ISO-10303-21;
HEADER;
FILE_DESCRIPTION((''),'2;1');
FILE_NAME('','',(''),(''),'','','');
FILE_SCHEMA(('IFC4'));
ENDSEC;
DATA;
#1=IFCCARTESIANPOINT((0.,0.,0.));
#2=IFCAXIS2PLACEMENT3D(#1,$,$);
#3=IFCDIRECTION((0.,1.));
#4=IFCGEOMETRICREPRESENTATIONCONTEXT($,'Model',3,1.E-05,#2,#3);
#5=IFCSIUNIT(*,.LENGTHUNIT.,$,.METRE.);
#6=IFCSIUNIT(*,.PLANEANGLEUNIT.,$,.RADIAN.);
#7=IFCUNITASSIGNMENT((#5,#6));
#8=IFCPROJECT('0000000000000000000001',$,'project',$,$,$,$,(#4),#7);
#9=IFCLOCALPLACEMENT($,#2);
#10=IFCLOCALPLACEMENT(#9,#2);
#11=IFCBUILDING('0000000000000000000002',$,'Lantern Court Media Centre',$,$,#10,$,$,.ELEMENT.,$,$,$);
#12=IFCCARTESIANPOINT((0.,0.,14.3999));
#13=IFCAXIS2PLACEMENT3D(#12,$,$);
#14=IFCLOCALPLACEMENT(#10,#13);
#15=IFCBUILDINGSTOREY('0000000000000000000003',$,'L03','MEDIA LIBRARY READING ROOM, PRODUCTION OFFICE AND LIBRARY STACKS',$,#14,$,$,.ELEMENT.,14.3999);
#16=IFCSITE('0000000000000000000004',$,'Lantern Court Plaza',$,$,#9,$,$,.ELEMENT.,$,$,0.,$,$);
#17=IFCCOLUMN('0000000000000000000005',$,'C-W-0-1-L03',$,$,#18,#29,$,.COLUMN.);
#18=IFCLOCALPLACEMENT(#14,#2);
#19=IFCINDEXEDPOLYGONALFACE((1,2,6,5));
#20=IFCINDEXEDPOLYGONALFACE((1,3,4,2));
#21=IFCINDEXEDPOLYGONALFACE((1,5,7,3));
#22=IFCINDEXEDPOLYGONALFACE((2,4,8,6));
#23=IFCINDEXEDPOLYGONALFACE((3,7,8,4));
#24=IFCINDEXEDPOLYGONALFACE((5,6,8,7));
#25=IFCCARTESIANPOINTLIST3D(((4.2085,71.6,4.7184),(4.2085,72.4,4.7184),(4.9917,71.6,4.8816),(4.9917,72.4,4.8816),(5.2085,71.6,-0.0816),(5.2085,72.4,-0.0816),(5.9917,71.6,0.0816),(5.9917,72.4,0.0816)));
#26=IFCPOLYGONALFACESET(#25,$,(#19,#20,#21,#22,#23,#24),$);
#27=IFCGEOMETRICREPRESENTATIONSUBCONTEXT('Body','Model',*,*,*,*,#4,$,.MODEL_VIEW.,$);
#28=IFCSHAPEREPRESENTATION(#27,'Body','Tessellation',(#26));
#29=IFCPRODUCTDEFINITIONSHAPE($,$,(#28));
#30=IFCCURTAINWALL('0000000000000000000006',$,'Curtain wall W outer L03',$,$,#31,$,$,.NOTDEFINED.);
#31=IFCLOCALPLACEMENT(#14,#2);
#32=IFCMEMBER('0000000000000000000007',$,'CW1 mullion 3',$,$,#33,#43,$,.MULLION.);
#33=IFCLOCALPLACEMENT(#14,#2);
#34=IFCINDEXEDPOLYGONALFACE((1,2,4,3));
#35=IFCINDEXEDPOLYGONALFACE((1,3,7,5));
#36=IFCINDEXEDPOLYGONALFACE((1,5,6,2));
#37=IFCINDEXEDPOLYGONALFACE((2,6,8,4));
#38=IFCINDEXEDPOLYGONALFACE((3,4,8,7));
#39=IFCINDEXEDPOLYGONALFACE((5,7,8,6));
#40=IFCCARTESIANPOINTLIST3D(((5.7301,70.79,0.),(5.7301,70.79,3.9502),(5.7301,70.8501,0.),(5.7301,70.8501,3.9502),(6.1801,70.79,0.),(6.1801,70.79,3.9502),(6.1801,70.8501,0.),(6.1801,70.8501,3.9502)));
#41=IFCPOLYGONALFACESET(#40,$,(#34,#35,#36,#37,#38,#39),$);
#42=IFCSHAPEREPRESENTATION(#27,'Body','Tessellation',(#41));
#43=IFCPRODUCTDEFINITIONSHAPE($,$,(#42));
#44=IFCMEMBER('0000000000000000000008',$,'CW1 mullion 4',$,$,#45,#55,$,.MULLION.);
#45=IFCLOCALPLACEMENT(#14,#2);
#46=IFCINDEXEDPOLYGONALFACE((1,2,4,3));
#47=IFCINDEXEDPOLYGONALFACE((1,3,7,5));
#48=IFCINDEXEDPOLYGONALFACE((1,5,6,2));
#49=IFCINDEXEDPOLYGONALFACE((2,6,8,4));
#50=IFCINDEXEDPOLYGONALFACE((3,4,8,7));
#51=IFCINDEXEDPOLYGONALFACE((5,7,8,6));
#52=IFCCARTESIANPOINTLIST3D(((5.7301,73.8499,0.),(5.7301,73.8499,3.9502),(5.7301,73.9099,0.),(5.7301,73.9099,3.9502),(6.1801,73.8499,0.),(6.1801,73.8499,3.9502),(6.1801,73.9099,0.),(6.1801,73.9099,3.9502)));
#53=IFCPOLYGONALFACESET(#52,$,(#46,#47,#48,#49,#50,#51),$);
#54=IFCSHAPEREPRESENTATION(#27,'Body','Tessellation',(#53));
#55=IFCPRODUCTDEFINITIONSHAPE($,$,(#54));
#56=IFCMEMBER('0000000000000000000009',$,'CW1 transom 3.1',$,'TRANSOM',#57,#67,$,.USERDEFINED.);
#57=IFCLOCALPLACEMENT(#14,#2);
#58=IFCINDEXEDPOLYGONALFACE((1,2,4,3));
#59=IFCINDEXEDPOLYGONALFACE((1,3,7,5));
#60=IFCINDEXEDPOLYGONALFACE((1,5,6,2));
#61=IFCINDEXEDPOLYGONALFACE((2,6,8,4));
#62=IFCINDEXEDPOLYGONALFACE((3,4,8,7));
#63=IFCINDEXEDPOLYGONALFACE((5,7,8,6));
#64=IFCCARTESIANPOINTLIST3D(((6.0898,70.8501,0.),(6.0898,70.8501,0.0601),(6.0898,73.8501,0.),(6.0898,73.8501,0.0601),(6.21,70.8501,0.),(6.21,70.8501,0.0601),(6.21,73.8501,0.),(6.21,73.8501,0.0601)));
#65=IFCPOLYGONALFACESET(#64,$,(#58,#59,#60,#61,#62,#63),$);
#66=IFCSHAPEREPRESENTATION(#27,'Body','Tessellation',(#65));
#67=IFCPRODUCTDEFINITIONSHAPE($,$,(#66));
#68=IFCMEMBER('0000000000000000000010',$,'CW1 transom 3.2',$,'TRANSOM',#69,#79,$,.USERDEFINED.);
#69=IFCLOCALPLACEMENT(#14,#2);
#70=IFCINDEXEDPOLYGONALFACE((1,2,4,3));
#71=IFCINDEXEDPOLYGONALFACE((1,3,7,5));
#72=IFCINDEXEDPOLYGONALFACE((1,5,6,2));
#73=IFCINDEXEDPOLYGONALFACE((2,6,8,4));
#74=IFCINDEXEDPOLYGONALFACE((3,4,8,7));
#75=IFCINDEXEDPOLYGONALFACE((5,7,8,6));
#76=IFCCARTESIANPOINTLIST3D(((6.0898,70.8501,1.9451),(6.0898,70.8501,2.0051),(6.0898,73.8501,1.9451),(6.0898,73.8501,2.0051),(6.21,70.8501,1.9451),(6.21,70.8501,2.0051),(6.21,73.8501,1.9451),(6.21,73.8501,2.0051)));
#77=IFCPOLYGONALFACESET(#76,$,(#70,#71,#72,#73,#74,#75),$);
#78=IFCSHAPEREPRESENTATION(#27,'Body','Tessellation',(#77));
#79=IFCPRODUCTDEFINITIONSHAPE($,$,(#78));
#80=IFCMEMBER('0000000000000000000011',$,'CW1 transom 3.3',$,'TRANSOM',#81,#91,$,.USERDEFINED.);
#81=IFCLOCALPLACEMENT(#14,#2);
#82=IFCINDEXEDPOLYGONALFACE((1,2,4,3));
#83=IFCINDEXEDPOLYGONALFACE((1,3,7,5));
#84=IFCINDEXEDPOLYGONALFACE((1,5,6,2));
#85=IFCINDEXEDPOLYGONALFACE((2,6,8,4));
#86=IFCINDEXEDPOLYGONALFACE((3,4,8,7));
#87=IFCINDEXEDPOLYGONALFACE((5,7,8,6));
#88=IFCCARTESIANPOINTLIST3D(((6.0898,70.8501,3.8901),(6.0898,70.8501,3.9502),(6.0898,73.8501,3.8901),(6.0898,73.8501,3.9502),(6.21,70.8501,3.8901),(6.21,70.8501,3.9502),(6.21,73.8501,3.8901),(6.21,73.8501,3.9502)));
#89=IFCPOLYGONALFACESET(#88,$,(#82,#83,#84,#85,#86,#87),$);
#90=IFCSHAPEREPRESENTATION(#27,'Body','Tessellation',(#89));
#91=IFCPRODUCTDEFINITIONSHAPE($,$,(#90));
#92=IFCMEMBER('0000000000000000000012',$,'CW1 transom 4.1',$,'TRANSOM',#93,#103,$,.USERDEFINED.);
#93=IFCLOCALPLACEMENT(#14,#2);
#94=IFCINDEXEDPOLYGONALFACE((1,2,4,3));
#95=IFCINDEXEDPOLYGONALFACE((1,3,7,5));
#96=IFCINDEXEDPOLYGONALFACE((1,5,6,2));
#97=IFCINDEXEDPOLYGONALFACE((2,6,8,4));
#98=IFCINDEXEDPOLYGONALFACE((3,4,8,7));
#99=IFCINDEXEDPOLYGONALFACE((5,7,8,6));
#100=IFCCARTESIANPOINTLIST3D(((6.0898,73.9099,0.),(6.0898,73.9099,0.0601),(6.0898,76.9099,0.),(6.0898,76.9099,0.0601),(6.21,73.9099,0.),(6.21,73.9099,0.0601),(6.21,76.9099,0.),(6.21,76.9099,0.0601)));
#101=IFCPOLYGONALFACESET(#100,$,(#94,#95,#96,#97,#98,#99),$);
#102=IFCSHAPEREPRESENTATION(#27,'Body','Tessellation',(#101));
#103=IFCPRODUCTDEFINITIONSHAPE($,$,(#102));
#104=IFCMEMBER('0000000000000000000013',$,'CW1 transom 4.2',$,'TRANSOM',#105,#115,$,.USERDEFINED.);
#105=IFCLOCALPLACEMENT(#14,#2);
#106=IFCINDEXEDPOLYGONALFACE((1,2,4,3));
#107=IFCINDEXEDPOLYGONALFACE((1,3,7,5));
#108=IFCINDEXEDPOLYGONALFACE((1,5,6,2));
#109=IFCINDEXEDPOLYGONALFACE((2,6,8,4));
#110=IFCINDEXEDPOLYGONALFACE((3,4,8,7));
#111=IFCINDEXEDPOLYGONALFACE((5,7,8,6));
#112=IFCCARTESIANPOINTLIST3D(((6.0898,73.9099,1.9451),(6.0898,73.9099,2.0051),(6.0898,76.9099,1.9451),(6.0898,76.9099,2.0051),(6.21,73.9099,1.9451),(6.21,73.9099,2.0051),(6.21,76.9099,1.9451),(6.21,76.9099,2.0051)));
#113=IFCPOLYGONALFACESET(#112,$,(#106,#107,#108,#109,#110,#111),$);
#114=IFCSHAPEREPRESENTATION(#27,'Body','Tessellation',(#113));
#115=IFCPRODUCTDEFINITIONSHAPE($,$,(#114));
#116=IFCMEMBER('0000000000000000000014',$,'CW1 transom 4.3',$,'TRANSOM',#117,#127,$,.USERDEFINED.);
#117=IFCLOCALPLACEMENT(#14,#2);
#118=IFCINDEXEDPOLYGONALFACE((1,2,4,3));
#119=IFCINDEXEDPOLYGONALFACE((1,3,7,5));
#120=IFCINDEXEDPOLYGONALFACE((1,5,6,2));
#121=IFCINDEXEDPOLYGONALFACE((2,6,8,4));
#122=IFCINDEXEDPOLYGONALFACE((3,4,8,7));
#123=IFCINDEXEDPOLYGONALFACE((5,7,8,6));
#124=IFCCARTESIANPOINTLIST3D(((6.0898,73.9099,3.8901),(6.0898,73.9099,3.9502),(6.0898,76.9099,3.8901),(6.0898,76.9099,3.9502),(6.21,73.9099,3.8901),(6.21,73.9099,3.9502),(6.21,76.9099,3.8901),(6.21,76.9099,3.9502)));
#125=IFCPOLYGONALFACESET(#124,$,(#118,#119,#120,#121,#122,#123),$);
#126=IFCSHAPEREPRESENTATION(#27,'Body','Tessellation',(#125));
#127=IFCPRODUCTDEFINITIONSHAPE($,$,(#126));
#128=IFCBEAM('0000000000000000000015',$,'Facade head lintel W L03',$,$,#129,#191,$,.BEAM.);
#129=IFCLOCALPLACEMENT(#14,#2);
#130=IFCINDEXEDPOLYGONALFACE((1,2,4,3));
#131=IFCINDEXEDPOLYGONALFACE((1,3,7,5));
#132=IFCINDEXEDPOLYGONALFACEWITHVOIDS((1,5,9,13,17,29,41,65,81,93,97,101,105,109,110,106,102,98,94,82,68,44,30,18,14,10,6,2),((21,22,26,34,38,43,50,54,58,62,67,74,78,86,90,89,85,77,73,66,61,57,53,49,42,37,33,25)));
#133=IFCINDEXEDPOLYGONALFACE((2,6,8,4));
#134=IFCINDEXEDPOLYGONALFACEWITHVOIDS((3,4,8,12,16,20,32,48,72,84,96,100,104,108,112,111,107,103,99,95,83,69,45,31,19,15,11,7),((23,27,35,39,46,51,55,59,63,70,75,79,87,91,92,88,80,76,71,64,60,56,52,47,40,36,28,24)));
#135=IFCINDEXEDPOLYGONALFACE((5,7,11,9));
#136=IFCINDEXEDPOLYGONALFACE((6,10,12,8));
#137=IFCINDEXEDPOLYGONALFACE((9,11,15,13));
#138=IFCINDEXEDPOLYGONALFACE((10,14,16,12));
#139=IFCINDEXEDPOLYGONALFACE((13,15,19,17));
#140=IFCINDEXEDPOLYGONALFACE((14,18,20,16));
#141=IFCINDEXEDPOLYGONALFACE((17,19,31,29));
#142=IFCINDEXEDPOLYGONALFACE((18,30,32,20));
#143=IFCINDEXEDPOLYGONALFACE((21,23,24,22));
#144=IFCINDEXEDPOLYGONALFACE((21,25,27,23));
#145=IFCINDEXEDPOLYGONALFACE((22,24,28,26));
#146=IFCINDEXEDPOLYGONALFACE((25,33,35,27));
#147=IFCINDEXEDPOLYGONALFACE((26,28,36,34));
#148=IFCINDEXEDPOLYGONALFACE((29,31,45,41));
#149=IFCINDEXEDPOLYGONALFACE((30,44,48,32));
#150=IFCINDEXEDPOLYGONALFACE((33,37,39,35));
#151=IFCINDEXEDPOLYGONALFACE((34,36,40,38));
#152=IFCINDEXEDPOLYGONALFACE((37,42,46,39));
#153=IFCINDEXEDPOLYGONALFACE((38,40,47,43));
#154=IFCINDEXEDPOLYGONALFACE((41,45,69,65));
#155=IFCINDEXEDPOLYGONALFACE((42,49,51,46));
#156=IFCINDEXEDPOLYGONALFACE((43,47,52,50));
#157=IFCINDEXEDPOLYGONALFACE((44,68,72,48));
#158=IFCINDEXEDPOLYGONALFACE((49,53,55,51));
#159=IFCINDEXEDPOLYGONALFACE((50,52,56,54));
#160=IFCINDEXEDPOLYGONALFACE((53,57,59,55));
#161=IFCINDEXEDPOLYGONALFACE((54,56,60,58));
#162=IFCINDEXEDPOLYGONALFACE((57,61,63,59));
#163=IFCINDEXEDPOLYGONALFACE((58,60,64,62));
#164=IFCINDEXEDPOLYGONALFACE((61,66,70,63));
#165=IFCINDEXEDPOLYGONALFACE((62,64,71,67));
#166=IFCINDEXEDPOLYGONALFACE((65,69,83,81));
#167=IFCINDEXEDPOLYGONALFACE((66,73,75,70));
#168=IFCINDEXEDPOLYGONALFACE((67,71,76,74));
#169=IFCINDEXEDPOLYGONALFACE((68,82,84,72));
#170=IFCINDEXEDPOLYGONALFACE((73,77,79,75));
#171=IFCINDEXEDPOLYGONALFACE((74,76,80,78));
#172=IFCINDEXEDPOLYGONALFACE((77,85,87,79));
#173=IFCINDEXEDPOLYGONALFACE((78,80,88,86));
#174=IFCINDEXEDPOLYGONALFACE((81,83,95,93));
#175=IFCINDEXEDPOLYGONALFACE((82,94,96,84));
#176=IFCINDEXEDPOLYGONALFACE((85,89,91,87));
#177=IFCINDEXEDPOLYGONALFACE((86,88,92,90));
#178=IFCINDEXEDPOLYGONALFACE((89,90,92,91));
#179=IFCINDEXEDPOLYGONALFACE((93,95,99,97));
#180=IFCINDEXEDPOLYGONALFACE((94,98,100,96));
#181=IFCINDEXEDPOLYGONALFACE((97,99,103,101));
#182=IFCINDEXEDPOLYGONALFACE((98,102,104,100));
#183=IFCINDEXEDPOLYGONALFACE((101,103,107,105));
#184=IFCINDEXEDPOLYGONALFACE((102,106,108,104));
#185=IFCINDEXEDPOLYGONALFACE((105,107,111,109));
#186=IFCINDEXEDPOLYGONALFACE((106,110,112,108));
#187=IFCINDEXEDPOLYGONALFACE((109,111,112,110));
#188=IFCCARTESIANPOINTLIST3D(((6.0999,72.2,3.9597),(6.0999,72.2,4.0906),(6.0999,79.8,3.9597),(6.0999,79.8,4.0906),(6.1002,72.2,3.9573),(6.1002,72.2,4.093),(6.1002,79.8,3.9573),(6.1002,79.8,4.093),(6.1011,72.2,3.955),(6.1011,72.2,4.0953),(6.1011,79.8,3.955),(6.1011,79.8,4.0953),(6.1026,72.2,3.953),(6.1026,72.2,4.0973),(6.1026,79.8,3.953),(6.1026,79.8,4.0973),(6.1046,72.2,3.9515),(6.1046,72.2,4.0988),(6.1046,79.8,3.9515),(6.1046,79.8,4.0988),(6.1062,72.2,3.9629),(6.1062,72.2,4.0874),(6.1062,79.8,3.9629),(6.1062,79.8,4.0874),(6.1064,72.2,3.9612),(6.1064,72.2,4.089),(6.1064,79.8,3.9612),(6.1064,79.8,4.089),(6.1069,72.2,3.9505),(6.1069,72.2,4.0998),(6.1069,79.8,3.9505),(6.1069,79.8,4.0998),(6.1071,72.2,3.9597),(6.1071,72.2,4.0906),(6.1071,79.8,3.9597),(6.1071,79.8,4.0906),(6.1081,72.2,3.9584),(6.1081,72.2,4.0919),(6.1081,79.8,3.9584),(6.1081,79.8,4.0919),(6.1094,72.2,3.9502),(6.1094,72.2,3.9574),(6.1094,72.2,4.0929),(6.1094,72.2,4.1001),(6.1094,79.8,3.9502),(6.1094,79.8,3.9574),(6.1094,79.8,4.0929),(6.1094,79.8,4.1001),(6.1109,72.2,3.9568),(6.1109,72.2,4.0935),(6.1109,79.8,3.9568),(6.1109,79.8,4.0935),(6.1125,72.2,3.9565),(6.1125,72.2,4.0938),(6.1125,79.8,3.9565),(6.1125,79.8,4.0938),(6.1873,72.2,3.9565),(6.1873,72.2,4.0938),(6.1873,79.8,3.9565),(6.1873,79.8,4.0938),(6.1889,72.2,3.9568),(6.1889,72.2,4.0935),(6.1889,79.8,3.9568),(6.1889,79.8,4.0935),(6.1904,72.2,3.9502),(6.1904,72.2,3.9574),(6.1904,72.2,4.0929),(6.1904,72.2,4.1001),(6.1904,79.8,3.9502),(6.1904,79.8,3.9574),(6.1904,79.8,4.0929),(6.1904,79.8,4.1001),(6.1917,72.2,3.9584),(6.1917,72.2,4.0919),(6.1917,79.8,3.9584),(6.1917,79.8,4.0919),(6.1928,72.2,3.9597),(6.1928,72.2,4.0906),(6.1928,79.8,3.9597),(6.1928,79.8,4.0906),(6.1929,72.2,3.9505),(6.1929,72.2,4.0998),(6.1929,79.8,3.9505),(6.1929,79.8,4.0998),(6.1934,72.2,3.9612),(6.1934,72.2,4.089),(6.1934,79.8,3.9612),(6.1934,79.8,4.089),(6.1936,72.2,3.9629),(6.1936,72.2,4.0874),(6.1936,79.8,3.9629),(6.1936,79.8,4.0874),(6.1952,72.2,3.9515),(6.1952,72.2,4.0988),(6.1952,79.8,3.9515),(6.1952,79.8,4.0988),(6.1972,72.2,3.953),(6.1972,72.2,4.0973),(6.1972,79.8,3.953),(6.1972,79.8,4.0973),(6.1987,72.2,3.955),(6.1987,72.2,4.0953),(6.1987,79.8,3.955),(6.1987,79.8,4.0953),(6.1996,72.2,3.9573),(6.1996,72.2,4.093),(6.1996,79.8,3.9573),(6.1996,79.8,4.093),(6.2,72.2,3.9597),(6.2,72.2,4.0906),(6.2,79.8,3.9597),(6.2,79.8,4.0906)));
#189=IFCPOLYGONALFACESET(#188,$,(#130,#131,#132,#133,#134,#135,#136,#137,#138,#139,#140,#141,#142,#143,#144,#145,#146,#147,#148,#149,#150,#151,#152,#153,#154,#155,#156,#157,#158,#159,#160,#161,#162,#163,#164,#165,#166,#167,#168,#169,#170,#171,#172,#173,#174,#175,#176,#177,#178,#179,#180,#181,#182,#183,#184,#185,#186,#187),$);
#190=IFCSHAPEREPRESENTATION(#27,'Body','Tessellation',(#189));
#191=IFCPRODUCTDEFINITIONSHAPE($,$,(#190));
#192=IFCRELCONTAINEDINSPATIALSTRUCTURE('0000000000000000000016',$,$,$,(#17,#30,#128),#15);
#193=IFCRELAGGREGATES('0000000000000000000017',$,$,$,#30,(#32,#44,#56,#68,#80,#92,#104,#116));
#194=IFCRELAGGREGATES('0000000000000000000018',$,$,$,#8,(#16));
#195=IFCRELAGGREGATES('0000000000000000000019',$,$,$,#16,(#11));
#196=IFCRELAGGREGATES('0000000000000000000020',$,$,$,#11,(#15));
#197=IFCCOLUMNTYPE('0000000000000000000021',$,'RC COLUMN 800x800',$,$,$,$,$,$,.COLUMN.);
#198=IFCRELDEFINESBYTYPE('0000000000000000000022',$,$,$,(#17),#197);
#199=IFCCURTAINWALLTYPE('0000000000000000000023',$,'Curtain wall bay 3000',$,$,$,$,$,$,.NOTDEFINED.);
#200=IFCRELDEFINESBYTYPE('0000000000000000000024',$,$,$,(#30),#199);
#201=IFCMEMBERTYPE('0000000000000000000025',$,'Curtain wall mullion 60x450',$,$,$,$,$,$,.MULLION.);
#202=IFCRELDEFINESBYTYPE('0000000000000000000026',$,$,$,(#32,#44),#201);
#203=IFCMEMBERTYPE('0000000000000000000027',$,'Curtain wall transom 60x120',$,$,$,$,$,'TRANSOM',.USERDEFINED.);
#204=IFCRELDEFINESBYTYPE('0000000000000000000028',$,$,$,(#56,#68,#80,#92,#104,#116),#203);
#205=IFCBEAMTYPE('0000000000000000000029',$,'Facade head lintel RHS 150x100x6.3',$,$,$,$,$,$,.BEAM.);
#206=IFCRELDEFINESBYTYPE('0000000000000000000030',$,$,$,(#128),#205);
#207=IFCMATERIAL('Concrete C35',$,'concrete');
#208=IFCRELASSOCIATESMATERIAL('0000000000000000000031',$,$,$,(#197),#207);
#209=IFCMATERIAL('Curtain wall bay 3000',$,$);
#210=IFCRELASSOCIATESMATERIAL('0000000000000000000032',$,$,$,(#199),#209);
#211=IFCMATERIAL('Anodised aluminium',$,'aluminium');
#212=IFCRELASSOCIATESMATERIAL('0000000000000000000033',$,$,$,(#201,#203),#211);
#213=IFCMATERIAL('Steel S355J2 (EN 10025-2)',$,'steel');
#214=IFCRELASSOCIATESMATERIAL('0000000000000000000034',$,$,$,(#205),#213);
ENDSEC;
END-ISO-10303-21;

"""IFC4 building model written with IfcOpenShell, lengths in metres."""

from ifc_helpers import new_model, si_unit, direction, frame, origin, origin_2d, place, context, subcontext, project, spatial, rectangle, hollow_rectangle, extrude, material, material_profile, profile_set, type_object, element, aggregate, save


model = new_model("IFC4")

# Units and contexts
model_context = context("Model", 3, precision=1e-05, world=origin(), true_north=direction((0.0, 1.0)))
body_context = subcontext(model_context, "Body", "Model", "MODEL_VIEW")
ifc_project = project(units=[si_unit("LENGTHUNIT", "METRE"), si_unit("PLANEANGLEUNIT", "RADIAN")], contexts=[model_context])

# Site, building, storey
site_placement = place(None, origin())
site = spatial("IfcSite", under=ifc_project, at=site_placement, Name="Lantern Court Plaza", CompositionType="ELEMENT", RefElevation=0.0)
building_placement = place(site_placement, origin())
building = spatial("IfcBuilding", under=site, at=building_placement, Name="Lantern Court Media Centre", CompositionType="ELEMENT")
storey_placement = place(building_placement, frame((0.0, 0.0, 14.3999)))
storey = spatial("IfcBuildingStorey", under=building, at=storey_placement, Name="L03", Description="MEDIA LIBRARY READING ROOM, PRODUCTION OFFICE AND LIBRARY STACKS", CompositionType="ELEMENT", Elevation=14.3999)

# Column
ifc_material_1 = material(Name="Concrete C35", Category="concrete")
ifc_material_profile_1 = material_profile(ifc_material_1, rectangle(XDim=0.8, YDim=0.8, at=origin_2d()), Name="RC 800x800")
ifc_profile_set_1 = profile_set([ifc_material_profile_1], Name="Concrete C35")
column_type = type_object("IfcColumnType", Name="RC COLUMN 800x800", PredefinedType="COLUMN", material=ifc_profile_set_1)
column_placement = place(storey_placement, frame((5.6001, 72.0, 0.0), z_axis=(-0.203952, 0.0, 0.978981), x_axis=(0.0, -1.0, 0.0)))
element("IfcColumn", 1, at=column_placement, inside=storey, type_object=column_type, Name="C-W-0-1-L03", PredefinedType="COLUMN", context=body_context, shape_type="SweptSolid", body=[
    extrude(rectangle(XDim=0.8, YDim=0.8, at=origin_2d()), origin(), (0.0, 0.0, 1.0), 4.9031),
])

# Curtain wall, members
ifc_material_2 = material(Name="Curtain wall bay 3000")
curtain_wall_type = type_object("IfcCurtainWallType", Name="Curtain wall bay 3000", PredefinedType="NOTDEFINED", material=ifc_material_2)
curtain_wall_placement = place(storey_placement, origin())
curtain_wall = element("IfcCurtainWall", 2, at=curtain_wall_placement, inside=storey, type_object=curtain_wall_type, Name="Curtain wall W outer L03", PredefinedType="NOTDEFINED")
ifc_material_3 = material(Name="Anodised aluminium", Category="aluminium")
ifc_material_profile_2 = material_profile(ifc_material_3, rectangle(XDim=0.45, YDim=0.0601, at=origin_2d()), Name="AL 60x450")
ifc_profile_set_2 = profile_set([ifc_material_profile_2], Name="Anodised aluminium")
member_type_1 = type_object("IfcMemberType", Name="Curtain wall mullion 60x450", PredefinedType="MULLION", material=ifc_profile_set_2)
member_1_placement = place(storey_placement, frame((5.9551, 70.8201, 0.0), z_axis=(0.0, 0.0, 1.0), x_axis=(-1.0, 0.0, 0.0)))
member_1 = element("IfcMember", 3, at=member_1_placement, type_object=member_type_1, Name="CW1 mullion 3", PredefinedType="MULLION", context=body_context, shape_type="SweptSolid", body=[
    extrude(rectangle(XDim=0.45, YDim=0.0601, at=origin_2d()), origin(), (0.0, 0.0, 1.0), 3.9502),
])
member_2_placement = place(storey_placement, frame((5.9551, 73.8799, 0.0), z_axis=(0.0, 0.0, 1.0), x_axis=(-1.0, 0.0, 0.0)))
member_2 = element("IfcMember", 4, at=member_2_placement, type_object=member_type_1, Name="CW1 mullion 4", PredefinedType="MULLION", context=body_context, shape_type="SweptSolid", body=[
    extrude(rectangle(XDim=0.45, YDim=0.0601, at=origin_2d()), origin(), (0.0, 0.0, 1.0), 3.9502),
])
ifc_material_profile_3 = material_profile(ifc_material_3, rectangle(XDim=0.1201, YDim=0.0601, at=origin_2d()), Name="AL 60x120")
ifc_profile_set_3 = profile_set([ifc_material_profile_3], Name="Anodised aluminium")
member_type_2 = type_object("IfcMemberType", Name="Curtain wall transom 60x120", ElementType="TRANSOM", PredefinedType="USERDEFINED", material=ifc_profile_set_3)
member_3_placement = place(storey_placement, frame((6.1499, 70.8501, 0.03), z_axis=(0.0, 1.0, 0.0), x_axis=(-1.0, 0.0, 0.0)))
member_3 = element("IfcMember", 5, at=member_3_placement, type_object=member_type_2, Name="CW1 transom 3.1", ObjectType="TRANSOM", PredefinedType="USERDEFINED", context=body_context, shape_type="SweptSolid", body=[
    extrude(rectangle(XDim=0.1201, YDim=0.0601, at=origin_2d()), origin(), (0.0, 0.0, 1.0), 3.0),
])
member_4_placement = place(storey_placement, frame((6.1499, 70.8501, 1.9751), z_axis=(0.0, 1.0, 0.0), x_axis=(-1.0, 0.0, 0.0)))
member_4 = element("IfcMember", 6, at=member_4_placement, type_object=member_type_2, Name="CW1 transom 3.2", ObjectType="TRANSOM", PredefinedType="USERDEFINED", context=body_context, shape_type="SweptSolid", body=[
    extrude(rectangle(XDim=0.1201, YDim=0.0601, at=origin_2d()), origin(), (0.0, 0.0, 1.0), 3.0),
])
member_5_placement = place(storey_placement, frame((6.1499, 70.8501, 3.9202), z_axis=(0.0, 1.0, 0.0), x_axis=(-1.0, 0.0, 0.0)))
member_5 = element("IfcMember", 7, at=member_5_placement, type_object=member_type_2, Name="CW1 transom 3.3", ObjectType="TRANSOM", PredefinedType="USERDEFINED", context=body_context, shape_type="SweptSolid", body=[
    extrude(rectangle(XDim=0.1201, YDim=0.0601, at=origin_2d()), origin(), (0.0, 0.0, 1.0), 3.0),
])
member_6_placement = place(storey_placement, frame((6.1499, 73.9099, 0.03), z_axis=(0.0, 1.0, 0.0), x_axis=(-1.0, 0.0, 0.0)))
member_6 = element("IfcMember", 8, at=member_6_placement, type_object=member_type_2, Name="CW1 transom 4.1", ObjectType="TRANSOM", PredefinedType="USERDEFINED", context=body_context, shape_type="SweptSolid", body=[
    extrude(rectangle(XDim=0.1201, YDim=0.0601, at=origin_2d()), origin(), (0.0, 0.0, 1.0), 3.0),
])
member_7_placement = place(storey_placement, frame((6.1499, 73.9099, 1.9751), z_axis=(0.0, 1.0, 0.0), x_axis=(-1.0, 0.0, 0.0)))
member_7 = element("IfcMember", 9, at=member_7_placement, type_object=member_type_2, Name="CW1 transom 4.2", ObjectType="TRANSOM", PredefinedType="USERDEFINED", context=body_context, shape_type="SweptSolid", body=[
    extrude(rectangle(XDim=0.1201, YDim=0.0601, at=origin_2d()), origin(), (0.0, 0.0, 1.0), 3.0),
])
member_8_placement = place(storey_placement, frame((6.1499, 73.9099, 3.9202), z_axis=(0.0, 1.0, 0.0), x_axis=(-1.0, 0.0, 0.0)))
member_8 = element("IfcMember", 10, at=member_8_placement, type_object=member_type_2, Name="CW1 transom 4.3", ObjectType="TRANSOM", PredefinedType="USERDEFINED", context=body_context, shape_type="SweptSolid", body=[
    extrude(rectangle(XDim=0.1201, YDim=0.0601, at=origin_2d()), origin(), (0.0, 0.0, 1.0), 3.0),
])

# Beam
ifc_material_4 = material(Name="Steel S355J2 (EN 10025-2)", Category="steel")
ifc_material_profile_4 = material_profile(ifc_material_4, hollow_rectangle(XDim=0.1001, YDim=0.1499, WallThickness=0.0063, InnerFilletRadius=0.0063, OuterFilletRadius=0.0095, at=origin_2d()), Name="Facade head lintel RHS 150x100x6.3")
ifc_profile_set_4 = profile_set([ifc_material_profile_4], Name="Steel S355J2 (EN 10025-2)")
beam_type_1 = type_object("IfcBeamType", Name="Facade head lintel RHS 150x100x6.3", PredefinedType="BEAM", material=ifc_profile_set_4)
beam_1_placement = place(storey_placement, frame((6.1499, 72.2, 4.0251), z_axis=(0.0, 1.0, 0.0), x_axis=(-1.0, 0.0, 0.0)))
element("IfcBeam", 11, at=beam_1_placement, inside=storey, type_object=beam_type_1, Name="Facade head lintel W L03", PredefinedType="BEAM", context=body_context, shape_type="SweptSolid", body=[
    extrude(hollow_rectangle(XDim=0.1001, YDim=0.1499, WallThickness=0.0063, InnerFilletRadius=0.0063, OuterFilletRadius=0.0095, at=origin_2d()), origin(), (0.0, 0.0, 1.0), 7.6001),
])

aggregate(curtain_wall, [member_1, member_2, member_3, member_4, member_5, member_6, member_7, member_8])

save(model, "model.ifc")
